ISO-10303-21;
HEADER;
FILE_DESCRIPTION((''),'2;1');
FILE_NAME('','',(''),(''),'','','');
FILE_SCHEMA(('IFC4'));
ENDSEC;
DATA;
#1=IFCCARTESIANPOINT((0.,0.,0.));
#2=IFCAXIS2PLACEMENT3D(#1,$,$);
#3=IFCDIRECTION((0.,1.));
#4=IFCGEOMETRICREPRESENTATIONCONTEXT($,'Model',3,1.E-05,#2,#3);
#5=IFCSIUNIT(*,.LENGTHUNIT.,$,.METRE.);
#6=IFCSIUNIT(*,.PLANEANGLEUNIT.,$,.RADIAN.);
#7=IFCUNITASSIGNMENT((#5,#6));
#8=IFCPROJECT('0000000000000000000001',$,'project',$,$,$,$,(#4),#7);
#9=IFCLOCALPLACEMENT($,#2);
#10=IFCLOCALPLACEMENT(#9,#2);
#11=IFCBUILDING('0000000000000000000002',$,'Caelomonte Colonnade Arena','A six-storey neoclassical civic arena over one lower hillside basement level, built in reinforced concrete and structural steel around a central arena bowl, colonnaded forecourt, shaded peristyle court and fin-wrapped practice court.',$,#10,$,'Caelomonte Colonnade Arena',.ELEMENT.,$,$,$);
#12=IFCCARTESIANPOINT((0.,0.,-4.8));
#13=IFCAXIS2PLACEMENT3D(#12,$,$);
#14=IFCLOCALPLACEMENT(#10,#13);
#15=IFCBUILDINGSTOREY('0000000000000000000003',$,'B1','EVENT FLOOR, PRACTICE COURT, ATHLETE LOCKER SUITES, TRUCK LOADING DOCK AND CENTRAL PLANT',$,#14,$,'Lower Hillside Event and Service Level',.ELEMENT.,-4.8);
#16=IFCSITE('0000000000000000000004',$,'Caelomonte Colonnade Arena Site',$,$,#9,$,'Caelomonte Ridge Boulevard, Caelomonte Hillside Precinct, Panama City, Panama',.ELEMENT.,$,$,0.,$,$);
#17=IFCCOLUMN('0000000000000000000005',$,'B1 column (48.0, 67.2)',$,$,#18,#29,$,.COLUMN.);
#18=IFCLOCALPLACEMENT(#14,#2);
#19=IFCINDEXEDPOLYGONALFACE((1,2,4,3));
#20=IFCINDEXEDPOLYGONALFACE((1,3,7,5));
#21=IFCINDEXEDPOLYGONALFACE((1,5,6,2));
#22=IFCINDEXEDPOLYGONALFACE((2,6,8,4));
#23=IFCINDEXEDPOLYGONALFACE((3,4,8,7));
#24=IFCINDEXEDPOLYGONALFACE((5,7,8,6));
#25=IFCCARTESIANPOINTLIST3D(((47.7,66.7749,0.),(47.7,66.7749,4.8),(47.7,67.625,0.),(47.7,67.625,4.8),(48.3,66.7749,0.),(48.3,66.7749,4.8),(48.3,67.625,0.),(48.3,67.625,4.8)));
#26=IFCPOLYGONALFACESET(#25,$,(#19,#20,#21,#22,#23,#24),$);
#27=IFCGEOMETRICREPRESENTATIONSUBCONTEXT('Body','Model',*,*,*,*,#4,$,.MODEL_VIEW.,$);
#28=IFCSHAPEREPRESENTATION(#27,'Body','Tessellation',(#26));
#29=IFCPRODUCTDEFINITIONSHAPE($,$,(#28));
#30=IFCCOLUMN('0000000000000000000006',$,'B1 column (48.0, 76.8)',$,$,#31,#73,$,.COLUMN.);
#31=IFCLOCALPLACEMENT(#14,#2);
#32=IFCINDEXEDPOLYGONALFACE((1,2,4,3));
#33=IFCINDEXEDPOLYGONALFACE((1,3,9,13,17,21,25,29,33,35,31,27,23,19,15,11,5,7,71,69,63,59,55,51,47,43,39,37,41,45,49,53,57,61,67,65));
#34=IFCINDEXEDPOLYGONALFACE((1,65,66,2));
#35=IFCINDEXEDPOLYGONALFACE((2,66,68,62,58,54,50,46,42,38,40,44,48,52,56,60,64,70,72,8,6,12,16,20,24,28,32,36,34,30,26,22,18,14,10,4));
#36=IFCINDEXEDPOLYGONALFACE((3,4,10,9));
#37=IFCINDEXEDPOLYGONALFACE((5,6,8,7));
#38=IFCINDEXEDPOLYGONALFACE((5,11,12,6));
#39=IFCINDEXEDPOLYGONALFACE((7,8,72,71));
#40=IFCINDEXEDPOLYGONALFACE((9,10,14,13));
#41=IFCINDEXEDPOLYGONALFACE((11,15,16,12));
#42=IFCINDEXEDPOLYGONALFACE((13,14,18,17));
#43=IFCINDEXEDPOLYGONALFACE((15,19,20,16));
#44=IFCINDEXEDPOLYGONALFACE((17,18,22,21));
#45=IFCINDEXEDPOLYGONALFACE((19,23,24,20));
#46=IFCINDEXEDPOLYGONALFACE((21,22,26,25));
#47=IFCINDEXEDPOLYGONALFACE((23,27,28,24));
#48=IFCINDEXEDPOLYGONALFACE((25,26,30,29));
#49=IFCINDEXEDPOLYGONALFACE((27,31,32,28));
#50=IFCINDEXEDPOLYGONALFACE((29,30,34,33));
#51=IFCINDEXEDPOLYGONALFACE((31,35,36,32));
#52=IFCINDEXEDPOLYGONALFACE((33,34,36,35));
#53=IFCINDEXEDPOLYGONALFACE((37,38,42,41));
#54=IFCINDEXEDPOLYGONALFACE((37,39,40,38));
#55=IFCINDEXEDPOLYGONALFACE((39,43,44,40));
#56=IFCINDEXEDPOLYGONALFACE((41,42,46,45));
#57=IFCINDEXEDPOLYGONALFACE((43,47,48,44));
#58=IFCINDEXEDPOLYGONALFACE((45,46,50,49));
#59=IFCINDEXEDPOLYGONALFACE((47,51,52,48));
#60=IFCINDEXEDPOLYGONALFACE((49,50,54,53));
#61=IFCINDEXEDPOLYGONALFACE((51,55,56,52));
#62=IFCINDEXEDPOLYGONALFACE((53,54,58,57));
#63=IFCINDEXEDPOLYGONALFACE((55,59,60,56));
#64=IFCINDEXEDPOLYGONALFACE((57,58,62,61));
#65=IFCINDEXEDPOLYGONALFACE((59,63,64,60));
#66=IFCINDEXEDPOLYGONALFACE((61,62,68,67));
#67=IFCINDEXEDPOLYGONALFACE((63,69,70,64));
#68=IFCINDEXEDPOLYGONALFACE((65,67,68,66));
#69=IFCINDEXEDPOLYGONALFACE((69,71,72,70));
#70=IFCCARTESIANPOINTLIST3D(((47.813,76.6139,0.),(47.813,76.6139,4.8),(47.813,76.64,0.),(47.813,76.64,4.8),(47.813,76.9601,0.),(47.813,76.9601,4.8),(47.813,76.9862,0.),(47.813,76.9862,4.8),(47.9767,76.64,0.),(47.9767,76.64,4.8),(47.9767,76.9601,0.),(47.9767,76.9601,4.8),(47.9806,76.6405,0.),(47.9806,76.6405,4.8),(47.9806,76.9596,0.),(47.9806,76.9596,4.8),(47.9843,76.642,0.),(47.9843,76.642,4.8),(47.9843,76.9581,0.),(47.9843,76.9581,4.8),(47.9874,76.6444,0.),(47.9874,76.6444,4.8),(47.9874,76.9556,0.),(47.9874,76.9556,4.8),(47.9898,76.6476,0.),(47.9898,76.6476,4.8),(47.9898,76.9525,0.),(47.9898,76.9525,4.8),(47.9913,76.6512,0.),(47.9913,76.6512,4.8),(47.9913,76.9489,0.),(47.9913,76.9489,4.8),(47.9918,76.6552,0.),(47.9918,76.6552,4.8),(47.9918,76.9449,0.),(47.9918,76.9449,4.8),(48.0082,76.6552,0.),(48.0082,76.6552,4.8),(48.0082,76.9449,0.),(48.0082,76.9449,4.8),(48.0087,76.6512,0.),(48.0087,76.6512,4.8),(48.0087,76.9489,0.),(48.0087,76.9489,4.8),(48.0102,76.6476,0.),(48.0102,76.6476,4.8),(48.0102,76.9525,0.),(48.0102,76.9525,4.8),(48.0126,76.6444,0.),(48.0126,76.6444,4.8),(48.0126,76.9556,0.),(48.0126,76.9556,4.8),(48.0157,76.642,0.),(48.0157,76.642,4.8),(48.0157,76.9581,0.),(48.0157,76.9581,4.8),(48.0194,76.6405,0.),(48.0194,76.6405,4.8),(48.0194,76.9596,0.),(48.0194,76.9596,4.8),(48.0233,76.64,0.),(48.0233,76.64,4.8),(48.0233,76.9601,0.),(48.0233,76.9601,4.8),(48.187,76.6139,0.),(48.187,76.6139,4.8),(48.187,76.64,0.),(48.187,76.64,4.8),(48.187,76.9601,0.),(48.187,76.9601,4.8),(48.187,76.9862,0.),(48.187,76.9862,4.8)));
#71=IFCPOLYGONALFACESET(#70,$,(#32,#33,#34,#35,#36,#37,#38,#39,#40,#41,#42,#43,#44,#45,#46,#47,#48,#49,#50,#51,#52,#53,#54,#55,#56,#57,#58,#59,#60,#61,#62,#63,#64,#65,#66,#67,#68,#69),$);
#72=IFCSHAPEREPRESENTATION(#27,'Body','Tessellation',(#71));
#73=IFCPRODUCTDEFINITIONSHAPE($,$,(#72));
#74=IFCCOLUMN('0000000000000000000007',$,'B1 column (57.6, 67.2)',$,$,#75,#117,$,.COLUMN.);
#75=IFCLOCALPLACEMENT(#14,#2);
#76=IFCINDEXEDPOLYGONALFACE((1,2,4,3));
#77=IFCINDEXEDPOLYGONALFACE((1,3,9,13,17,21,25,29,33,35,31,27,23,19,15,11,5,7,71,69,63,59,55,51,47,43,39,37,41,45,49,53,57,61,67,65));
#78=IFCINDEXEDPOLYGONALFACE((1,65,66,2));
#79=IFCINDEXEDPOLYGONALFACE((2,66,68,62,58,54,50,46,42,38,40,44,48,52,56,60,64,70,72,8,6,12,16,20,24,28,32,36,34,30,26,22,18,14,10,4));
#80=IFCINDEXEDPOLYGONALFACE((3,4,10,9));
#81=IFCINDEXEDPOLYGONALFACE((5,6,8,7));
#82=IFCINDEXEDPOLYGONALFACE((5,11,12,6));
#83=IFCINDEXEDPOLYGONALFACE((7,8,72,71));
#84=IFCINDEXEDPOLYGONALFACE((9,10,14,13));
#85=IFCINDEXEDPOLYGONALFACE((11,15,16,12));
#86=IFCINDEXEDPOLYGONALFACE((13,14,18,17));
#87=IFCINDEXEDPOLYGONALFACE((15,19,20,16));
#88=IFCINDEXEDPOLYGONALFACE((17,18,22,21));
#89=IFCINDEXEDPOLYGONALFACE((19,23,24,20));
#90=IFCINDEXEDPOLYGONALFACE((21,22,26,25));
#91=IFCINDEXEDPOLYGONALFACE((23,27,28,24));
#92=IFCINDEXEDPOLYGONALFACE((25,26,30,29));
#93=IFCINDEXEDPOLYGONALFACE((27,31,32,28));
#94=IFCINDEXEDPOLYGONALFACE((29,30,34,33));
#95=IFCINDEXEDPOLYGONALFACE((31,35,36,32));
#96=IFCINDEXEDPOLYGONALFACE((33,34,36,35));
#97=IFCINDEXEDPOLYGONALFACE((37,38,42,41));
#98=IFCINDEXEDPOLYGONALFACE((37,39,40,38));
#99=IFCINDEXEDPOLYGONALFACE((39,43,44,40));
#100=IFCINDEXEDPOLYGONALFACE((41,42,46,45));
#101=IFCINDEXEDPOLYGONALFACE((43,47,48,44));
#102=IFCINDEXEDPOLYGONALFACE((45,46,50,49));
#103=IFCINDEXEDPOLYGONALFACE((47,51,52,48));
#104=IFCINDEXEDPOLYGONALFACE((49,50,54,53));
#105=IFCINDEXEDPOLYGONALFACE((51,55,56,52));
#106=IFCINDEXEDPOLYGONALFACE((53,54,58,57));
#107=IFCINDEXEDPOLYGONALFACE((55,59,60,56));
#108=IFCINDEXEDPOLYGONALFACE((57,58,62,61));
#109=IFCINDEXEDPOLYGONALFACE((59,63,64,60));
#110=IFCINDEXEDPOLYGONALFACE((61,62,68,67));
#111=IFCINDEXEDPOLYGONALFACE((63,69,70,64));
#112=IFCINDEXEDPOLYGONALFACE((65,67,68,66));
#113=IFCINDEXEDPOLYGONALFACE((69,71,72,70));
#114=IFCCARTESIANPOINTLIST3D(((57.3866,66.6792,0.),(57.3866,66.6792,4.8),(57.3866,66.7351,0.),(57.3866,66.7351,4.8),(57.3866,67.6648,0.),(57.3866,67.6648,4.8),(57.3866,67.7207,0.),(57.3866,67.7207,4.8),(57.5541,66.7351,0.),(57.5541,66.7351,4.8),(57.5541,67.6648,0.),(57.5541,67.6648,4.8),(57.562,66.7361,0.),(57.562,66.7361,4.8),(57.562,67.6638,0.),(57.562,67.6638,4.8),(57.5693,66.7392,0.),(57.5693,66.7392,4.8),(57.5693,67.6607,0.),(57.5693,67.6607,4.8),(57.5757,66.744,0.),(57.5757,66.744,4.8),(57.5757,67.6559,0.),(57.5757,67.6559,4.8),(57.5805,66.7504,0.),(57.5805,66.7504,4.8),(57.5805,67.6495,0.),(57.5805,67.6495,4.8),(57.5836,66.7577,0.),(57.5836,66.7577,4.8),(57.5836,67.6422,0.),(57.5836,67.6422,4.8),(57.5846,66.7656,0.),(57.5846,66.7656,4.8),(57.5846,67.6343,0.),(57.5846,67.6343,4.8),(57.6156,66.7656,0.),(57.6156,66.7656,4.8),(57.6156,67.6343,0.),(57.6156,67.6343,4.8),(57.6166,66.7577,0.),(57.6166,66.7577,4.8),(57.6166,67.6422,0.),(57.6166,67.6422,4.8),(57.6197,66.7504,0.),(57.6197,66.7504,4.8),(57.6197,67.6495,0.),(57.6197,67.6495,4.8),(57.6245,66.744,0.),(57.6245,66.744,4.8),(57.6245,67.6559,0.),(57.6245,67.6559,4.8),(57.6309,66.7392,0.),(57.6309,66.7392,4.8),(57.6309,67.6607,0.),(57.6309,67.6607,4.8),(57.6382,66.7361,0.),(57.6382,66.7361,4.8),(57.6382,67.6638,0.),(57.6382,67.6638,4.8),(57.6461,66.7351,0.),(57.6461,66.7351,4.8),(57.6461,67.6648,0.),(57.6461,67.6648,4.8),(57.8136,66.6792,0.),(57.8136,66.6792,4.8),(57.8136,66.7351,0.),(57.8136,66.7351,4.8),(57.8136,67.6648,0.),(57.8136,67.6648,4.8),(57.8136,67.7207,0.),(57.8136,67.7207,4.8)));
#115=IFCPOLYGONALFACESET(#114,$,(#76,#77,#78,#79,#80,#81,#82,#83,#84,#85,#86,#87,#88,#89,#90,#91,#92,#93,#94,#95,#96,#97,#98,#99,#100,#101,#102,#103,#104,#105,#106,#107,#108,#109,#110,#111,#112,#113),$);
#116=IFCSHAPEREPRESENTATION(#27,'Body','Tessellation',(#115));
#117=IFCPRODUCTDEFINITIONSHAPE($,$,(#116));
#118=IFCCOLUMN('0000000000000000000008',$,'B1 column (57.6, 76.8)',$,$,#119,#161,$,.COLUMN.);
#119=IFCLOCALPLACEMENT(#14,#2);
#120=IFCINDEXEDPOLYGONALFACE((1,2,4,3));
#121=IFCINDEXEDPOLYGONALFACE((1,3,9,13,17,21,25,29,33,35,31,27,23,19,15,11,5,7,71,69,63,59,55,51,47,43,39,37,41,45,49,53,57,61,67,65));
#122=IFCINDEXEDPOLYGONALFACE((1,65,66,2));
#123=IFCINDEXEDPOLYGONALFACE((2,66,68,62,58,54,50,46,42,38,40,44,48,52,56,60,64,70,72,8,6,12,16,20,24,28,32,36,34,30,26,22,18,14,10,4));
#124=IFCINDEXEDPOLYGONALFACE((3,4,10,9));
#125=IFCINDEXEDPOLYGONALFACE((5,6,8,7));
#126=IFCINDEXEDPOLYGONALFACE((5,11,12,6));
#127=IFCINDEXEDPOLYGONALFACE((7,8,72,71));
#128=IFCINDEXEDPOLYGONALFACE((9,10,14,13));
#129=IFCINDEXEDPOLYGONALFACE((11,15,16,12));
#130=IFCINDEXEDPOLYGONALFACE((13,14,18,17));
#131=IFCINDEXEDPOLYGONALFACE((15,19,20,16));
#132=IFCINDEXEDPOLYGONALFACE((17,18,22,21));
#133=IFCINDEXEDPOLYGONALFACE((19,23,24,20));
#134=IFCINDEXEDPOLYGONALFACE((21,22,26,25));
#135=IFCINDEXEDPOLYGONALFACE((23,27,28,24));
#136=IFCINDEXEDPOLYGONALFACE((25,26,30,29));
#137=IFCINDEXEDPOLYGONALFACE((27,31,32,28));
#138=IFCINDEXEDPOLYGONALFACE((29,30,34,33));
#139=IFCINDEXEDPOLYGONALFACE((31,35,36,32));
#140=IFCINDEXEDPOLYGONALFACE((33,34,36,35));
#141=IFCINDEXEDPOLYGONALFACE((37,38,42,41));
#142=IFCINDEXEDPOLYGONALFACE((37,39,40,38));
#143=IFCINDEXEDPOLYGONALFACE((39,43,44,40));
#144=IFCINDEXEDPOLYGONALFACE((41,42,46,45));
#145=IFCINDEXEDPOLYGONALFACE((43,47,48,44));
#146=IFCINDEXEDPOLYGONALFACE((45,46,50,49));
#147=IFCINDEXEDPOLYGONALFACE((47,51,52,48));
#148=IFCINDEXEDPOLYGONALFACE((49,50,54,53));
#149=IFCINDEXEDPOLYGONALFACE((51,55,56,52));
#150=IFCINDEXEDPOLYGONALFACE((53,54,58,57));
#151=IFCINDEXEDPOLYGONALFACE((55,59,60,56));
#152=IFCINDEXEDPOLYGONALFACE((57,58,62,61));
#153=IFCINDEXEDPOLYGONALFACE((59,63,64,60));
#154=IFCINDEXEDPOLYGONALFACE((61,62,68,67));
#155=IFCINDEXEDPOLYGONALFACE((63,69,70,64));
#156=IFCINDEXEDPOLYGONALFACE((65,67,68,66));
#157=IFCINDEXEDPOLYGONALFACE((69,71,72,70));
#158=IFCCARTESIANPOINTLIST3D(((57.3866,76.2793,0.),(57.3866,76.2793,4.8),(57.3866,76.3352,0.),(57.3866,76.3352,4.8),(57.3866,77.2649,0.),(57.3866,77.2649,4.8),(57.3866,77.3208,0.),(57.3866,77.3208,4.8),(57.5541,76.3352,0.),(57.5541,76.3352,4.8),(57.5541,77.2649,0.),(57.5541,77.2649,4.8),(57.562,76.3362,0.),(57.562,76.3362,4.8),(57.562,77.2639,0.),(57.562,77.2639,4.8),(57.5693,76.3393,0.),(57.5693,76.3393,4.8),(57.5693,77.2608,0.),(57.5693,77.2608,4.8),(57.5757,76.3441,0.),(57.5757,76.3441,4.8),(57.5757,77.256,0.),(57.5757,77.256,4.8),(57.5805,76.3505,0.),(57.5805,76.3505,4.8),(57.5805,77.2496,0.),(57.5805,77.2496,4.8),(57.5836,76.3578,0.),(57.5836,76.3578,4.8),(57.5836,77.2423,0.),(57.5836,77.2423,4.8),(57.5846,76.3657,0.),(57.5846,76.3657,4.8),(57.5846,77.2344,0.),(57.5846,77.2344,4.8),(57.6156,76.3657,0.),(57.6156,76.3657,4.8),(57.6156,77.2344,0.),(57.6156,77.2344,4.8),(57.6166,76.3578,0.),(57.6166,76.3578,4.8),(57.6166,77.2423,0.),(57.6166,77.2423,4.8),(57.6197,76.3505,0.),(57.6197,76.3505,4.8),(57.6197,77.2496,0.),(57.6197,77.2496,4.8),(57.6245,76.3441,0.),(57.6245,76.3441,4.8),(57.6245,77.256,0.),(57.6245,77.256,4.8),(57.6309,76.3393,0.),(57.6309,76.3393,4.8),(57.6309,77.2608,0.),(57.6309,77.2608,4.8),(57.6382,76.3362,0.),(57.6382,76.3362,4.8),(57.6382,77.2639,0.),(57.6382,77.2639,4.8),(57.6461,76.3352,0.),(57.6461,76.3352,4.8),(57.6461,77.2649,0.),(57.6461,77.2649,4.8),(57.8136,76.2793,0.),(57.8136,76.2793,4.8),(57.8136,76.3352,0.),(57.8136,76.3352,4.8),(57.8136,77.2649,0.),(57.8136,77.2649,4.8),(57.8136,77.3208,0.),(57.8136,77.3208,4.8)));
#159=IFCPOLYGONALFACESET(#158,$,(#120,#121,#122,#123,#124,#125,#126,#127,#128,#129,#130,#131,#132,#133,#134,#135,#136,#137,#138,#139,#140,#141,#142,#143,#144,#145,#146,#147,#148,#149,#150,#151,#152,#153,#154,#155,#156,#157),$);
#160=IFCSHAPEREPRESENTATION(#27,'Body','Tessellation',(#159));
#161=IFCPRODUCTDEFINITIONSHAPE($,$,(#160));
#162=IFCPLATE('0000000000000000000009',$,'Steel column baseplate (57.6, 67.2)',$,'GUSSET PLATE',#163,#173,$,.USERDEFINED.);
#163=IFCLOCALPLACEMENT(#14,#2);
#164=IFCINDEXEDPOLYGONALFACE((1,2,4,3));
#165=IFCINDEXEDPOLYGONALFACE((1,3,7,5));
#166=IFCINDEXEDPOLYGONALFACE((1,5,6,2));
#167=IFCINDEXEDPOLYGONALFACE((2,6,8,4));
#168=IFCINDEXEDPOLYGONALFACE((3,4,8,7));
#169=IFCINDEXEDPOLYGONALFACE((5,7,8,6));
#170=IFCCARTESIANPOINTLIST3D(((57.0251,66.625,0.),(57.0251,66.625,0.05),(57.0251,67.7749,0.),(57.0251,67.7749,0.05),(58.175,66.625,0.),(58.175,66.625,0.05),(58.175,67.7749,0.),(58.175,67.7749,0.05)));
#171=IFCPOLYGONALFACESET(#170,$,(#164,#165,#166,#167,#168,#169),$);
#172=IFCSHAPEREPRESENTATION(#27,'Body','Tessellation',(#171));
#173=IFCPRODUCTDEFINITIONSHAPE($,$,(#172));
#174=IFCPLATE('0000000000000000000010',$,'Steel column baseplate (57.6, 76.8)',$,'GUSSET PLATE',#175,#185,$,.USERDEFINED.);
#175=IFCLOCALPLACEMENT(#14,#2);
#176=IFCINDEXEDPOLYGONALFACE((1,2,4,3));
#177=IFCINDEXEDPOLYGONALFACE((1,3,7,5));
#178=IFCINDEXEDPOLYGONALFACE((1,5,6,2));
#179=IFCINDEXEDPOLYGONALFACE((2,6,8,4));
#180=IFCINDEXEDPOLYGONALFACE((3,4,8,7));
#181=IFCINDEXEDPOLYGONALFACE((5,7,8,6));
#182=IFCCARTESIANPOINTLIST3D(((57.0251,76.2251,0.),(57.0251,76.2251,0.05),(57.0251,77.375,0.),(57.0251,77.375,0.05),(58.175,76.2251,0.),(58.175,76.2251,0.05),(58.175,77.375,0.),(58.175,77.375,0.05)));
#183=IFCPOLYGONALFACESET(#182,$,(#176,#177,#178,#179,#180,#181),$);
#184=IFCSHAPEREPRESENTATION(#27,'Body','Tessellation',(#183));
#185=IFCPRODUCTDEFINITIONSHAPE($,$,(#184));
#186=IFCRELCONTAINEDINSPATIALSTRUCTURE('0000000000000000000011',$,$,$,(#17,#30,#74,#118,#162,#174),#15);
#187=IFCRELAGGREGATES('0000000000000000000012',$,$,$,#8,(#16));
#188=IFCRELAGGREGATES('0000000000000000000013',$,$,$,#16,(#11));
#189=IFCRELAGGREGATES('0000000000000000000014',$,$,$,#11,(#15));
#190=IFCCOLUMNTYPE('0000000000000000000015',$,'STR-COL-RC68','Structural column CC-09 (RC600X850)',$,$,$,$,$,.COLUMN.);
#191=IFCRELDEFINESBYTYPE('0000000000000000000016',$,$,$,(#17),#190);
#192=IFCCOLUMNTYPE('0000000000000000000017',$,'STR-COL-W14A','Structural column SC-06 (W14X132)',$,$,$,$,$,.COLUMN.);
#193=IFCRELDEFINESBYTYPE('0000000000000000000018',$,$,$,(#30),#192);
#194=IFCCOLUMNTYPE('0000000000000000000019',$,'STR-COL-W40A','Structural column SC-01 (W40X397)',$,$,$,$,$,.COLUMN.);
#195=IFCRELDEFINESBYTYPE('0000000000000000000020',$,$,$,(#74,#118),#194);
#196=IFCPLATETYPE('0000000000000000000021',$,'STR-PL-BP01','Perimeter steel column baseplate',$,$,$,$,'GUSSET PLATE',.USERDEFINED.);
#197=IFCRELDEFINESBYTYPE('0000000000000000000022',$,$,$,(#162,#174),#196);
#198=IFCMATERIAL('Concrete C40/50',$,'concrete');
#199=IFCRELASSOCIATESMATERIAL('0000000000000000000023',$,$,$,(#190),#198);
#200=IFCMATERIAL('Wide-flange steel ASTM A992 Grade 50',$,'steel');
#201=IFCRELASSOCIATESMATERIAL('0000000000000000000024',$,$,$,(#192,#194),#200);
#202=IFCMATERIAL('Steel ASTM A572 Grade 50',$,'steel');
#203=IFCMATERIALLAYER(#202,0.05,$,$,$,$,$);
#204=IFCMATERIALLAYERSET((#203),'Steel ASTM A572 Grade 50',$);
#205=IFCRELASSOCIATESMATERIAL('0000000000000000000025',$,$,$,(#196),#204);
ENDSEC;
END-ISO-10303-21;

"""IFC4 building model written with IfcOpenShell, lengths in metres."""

from ifc_helpers import new_model, si_unit, direction, frame, origin, origin_2d, place, context, subcontext, project, spatial, rectangle, i_section, extrude, material, layer, layer_set, material_profile, profile_set, type_object, element, save


model = new_model("IFC4")

# Units and contexts
model_context = context("Model", 3, precision=1e-05, world=origin(), true_north=direction((0.0, 1.0)))
body_context = subcontext(model_context, "Body", "Model", "MODEL_VIEW")
ifc_project = project(units=[si_unit("LENGTHUNIT", "METRE"), si_unit("PLANEANGLEUNIT", "RADIAN")], contexts=[model_context])

# Site, building, storey
site_placement = place(None, origin())
site = spatial("IfcSite", under=ifc_project, at=site_placement, Name="Caelomonte Colonnade Arena Site", LongName="Caelomonte Ridge Boulevard, Caelomonte Hillside Precinct, Panama City, Panama", CompositionType="ELEMENT", RefElevation=0.0)
building_placement = place(site_placement, origin())
building = spatial("IfcBuilding", under=site, at=building_placement, Name="Caelomonte Colonnade Arena", Description="A six-storey neoclassical civic arena over one lower hillside basement level, built in reinforced concrete and structural steel around a central arena bowl, colonnaded forecourt, shaded peristyle court and fin-wrapped practice court.", LongName="Caelomonte Colonnade Arena", CompositionType="ELEMENT")
storey_placement = place(building_placement, frame((0.0, 0.0, -4.8)))
storey = spatial("IfcBuildingStorey", under=building, at=storey_placement, Name="B1", Description="EVENT FLOOR, PRACTICE COURT, ATHLETE LOCKER SUITES, TRUCK LOADING DOCK AND CENTRAL PLANT", LongName="Lower Hillside Event and Service Level", CompositionType="ELEMENT", Elevation=-4.8)

# Shared definitions
ifc_material_1 = material(Name="Concrete C40/50", Category="concrete")

# Columns
ifc_material_profile_1 = material_profile(ifc_material_1, rectangle(XDim=0.6001, YDim=0.8501, at=origin_2d()), Name="RC600X850")
ifc_profile_set_1 = profile_set([ifc_material_profile_1], Name="Concrete C40/50")
column_type_1 = type_object("IfcColumnType", Name="STR-COL-RC68", Description="Structural column CC-09 (RC600X850)", PredefinedType="COLUMN", material=ifc_profile_set_1)
column_1_placement = place(storey_placement, frame((48.0, 67.2, 0.0), z_axis=(0.0, 0.0, 1.0), x_axis=(1.0, 0.0, 0.0)))
element("IfcColumn", 1, at=column_1_placement, inside=storey, type_object=column_type_1, Name="B1 column (48.0, 67.2)", PredefinedType="COLUMN", context=body_context, shape_type="SweptSolid", body=[
    extrude(rectangle(XDim=0.6001, YDim=0.8501, at=origin_2d()), origin(), (0.0, 0.0, 1.0), 4.8),
])
ifc_material_2 = material(Name="Wide-flange steel ASTM A992 Grade 50", Category="steel")
ifc_material_profile_2 = material_profile(ifc_material_2, i_section(OverallWidth=0.374, OverallDepth=0.3723, WebThickness=0.0164, FlangeThickness=0.0261, FilletRadius=0.0151, at=origin_2d()), Name="W14X132")
ifc_profile_set_2 = profile_set([ifc_material_profile_2], Name="Wide-flange steel ASTM A992 Grade 50")
column_type_2 = type_object("IfcColumnType", Name="STR-COL-W14A", Description="Structural column SC-06 (W14X132)", PredefinedType="COLUMN", material=ifc_profile_set_2)
column_2_placement = place(storey_placement, frame((48.0, 76.8, 0.0), z_axis=(0.0, 0.0, 1.0), x_axis=(1.0, 0.0, 0.0)))
element("IfcColumn", 2, at=column_2_placement, inside=storey, type_object=column_type_2, Name="B1 column (48.0, 76.8)", PredefinedType="COLUMN", context=body_context, shape_type="SweptSolid", body=[
    extrude(i_section(OverallWidth=0.374, OverallDepth=0.3723, WebThickness=0.0164, FlangeThickness=0.0261, FilletRadius=0.0151, at=origin_2d()), origin(), (0.0, 0.0, 1.0), 4.8),
])
ifc_material_profile_3 = material_profile(ifc_material_2, i_section(OverallWidth=0.427, OverallDepth=1.0415, WebThickness=0.031, FlangeThickness=0.0559, FilletRadius=0.0305, at=origin_2d()), Name="W40X397")
ifc_profile_set_3 = profile_set([ifc_material_profile_3], Name="Wide-flange steel ASTM A992 Grade 50")
column_type_3 = type_object("IfcColumnType", Name="STR-COL-W40A", Description="Structural column SC-01 (W40X397)", PredefinedType="COLUMN", material=ifc_profile_set_3)
for number, where, z_axis, x_axis, name in (
    (3, (57.6001, 67.2, 0.0), (0.0, 0.0, 1.0), (1.0, 0.0, 0.0), "B1 column (57.6, 67.2)"),
    (4, (57.6001, 76.8, 0.0), (0.0, 0.0, 1.0), (1.0, 0.0, 0.0), "B1 column (57.6, 76.8)"),
):
    element("IfcColumn", number, at=place(storey_placement, frame(where, z_axis=z_axis, x_axis=x_axis)), inside=storey, type_object=column_type_3, Name=name, PredefinedType="COLUMN", context=body_context, shape_type="SweptSolid", body=[
        extrude(i_section(OverallWidth=0.427, OverallDepth=1.0415, WebThickness=0.031, FlangeThickness=0.0559, FilletRadius=0.0305, at=origin_2d()), origin(), (0.0, 0.0, 1.0), 4.8),
    ])

# Plates
ifc_material_3 = material(Name="Steel ASTM A572 Grade 50", Category="steel")
ifc_layer_1 = layer(ifc_material_3, 0.05)
ifc_layer_set_1 = layer_set([ifc_layer_1], Name="Steel ASTM A572 Grade 50")
plate_type = type_object("IfcPlateType", Name="STR-PL-BP01", Description="Perimeter steel column baseplate", ElementType="GUSSET PLATE", PredefinedType="USERDEFINED", material=ifc_layer_set_1)
for number, where, z_axis, x_axis, name in (
    (5, (57.6001, 67.2, 0.0), (0.0, 0.0, 1.0), (1.0, 0.0, 0.0), "Steel column baseplate (57.6, 67.2)"),
    (6, (57.6001, 76.8, 0.0), (0.0, 0.0, 1.0), (1.0, 0.0, 0.0), "Steel column baseplate (57.6, 76.8)"),
):
    element("IfcPlate", number, at=place(storey_placement, frame(where, z_axis=z_axis, x_axis=x_axis)), inside=storey, type_object=plate_type, Name=name, ObjectType="GUSSET PLATE", PredefinedType="USERDEFINED", context=body_context, shape_type="SweptSolid", body=[
        extrude(rectangle(XDim=1.1499, YDim=1.1499, at=origin_2d()), origin(), (0.0, 0.0, 1.0), 0.05),
    ])

save(model, "model.ifc")
